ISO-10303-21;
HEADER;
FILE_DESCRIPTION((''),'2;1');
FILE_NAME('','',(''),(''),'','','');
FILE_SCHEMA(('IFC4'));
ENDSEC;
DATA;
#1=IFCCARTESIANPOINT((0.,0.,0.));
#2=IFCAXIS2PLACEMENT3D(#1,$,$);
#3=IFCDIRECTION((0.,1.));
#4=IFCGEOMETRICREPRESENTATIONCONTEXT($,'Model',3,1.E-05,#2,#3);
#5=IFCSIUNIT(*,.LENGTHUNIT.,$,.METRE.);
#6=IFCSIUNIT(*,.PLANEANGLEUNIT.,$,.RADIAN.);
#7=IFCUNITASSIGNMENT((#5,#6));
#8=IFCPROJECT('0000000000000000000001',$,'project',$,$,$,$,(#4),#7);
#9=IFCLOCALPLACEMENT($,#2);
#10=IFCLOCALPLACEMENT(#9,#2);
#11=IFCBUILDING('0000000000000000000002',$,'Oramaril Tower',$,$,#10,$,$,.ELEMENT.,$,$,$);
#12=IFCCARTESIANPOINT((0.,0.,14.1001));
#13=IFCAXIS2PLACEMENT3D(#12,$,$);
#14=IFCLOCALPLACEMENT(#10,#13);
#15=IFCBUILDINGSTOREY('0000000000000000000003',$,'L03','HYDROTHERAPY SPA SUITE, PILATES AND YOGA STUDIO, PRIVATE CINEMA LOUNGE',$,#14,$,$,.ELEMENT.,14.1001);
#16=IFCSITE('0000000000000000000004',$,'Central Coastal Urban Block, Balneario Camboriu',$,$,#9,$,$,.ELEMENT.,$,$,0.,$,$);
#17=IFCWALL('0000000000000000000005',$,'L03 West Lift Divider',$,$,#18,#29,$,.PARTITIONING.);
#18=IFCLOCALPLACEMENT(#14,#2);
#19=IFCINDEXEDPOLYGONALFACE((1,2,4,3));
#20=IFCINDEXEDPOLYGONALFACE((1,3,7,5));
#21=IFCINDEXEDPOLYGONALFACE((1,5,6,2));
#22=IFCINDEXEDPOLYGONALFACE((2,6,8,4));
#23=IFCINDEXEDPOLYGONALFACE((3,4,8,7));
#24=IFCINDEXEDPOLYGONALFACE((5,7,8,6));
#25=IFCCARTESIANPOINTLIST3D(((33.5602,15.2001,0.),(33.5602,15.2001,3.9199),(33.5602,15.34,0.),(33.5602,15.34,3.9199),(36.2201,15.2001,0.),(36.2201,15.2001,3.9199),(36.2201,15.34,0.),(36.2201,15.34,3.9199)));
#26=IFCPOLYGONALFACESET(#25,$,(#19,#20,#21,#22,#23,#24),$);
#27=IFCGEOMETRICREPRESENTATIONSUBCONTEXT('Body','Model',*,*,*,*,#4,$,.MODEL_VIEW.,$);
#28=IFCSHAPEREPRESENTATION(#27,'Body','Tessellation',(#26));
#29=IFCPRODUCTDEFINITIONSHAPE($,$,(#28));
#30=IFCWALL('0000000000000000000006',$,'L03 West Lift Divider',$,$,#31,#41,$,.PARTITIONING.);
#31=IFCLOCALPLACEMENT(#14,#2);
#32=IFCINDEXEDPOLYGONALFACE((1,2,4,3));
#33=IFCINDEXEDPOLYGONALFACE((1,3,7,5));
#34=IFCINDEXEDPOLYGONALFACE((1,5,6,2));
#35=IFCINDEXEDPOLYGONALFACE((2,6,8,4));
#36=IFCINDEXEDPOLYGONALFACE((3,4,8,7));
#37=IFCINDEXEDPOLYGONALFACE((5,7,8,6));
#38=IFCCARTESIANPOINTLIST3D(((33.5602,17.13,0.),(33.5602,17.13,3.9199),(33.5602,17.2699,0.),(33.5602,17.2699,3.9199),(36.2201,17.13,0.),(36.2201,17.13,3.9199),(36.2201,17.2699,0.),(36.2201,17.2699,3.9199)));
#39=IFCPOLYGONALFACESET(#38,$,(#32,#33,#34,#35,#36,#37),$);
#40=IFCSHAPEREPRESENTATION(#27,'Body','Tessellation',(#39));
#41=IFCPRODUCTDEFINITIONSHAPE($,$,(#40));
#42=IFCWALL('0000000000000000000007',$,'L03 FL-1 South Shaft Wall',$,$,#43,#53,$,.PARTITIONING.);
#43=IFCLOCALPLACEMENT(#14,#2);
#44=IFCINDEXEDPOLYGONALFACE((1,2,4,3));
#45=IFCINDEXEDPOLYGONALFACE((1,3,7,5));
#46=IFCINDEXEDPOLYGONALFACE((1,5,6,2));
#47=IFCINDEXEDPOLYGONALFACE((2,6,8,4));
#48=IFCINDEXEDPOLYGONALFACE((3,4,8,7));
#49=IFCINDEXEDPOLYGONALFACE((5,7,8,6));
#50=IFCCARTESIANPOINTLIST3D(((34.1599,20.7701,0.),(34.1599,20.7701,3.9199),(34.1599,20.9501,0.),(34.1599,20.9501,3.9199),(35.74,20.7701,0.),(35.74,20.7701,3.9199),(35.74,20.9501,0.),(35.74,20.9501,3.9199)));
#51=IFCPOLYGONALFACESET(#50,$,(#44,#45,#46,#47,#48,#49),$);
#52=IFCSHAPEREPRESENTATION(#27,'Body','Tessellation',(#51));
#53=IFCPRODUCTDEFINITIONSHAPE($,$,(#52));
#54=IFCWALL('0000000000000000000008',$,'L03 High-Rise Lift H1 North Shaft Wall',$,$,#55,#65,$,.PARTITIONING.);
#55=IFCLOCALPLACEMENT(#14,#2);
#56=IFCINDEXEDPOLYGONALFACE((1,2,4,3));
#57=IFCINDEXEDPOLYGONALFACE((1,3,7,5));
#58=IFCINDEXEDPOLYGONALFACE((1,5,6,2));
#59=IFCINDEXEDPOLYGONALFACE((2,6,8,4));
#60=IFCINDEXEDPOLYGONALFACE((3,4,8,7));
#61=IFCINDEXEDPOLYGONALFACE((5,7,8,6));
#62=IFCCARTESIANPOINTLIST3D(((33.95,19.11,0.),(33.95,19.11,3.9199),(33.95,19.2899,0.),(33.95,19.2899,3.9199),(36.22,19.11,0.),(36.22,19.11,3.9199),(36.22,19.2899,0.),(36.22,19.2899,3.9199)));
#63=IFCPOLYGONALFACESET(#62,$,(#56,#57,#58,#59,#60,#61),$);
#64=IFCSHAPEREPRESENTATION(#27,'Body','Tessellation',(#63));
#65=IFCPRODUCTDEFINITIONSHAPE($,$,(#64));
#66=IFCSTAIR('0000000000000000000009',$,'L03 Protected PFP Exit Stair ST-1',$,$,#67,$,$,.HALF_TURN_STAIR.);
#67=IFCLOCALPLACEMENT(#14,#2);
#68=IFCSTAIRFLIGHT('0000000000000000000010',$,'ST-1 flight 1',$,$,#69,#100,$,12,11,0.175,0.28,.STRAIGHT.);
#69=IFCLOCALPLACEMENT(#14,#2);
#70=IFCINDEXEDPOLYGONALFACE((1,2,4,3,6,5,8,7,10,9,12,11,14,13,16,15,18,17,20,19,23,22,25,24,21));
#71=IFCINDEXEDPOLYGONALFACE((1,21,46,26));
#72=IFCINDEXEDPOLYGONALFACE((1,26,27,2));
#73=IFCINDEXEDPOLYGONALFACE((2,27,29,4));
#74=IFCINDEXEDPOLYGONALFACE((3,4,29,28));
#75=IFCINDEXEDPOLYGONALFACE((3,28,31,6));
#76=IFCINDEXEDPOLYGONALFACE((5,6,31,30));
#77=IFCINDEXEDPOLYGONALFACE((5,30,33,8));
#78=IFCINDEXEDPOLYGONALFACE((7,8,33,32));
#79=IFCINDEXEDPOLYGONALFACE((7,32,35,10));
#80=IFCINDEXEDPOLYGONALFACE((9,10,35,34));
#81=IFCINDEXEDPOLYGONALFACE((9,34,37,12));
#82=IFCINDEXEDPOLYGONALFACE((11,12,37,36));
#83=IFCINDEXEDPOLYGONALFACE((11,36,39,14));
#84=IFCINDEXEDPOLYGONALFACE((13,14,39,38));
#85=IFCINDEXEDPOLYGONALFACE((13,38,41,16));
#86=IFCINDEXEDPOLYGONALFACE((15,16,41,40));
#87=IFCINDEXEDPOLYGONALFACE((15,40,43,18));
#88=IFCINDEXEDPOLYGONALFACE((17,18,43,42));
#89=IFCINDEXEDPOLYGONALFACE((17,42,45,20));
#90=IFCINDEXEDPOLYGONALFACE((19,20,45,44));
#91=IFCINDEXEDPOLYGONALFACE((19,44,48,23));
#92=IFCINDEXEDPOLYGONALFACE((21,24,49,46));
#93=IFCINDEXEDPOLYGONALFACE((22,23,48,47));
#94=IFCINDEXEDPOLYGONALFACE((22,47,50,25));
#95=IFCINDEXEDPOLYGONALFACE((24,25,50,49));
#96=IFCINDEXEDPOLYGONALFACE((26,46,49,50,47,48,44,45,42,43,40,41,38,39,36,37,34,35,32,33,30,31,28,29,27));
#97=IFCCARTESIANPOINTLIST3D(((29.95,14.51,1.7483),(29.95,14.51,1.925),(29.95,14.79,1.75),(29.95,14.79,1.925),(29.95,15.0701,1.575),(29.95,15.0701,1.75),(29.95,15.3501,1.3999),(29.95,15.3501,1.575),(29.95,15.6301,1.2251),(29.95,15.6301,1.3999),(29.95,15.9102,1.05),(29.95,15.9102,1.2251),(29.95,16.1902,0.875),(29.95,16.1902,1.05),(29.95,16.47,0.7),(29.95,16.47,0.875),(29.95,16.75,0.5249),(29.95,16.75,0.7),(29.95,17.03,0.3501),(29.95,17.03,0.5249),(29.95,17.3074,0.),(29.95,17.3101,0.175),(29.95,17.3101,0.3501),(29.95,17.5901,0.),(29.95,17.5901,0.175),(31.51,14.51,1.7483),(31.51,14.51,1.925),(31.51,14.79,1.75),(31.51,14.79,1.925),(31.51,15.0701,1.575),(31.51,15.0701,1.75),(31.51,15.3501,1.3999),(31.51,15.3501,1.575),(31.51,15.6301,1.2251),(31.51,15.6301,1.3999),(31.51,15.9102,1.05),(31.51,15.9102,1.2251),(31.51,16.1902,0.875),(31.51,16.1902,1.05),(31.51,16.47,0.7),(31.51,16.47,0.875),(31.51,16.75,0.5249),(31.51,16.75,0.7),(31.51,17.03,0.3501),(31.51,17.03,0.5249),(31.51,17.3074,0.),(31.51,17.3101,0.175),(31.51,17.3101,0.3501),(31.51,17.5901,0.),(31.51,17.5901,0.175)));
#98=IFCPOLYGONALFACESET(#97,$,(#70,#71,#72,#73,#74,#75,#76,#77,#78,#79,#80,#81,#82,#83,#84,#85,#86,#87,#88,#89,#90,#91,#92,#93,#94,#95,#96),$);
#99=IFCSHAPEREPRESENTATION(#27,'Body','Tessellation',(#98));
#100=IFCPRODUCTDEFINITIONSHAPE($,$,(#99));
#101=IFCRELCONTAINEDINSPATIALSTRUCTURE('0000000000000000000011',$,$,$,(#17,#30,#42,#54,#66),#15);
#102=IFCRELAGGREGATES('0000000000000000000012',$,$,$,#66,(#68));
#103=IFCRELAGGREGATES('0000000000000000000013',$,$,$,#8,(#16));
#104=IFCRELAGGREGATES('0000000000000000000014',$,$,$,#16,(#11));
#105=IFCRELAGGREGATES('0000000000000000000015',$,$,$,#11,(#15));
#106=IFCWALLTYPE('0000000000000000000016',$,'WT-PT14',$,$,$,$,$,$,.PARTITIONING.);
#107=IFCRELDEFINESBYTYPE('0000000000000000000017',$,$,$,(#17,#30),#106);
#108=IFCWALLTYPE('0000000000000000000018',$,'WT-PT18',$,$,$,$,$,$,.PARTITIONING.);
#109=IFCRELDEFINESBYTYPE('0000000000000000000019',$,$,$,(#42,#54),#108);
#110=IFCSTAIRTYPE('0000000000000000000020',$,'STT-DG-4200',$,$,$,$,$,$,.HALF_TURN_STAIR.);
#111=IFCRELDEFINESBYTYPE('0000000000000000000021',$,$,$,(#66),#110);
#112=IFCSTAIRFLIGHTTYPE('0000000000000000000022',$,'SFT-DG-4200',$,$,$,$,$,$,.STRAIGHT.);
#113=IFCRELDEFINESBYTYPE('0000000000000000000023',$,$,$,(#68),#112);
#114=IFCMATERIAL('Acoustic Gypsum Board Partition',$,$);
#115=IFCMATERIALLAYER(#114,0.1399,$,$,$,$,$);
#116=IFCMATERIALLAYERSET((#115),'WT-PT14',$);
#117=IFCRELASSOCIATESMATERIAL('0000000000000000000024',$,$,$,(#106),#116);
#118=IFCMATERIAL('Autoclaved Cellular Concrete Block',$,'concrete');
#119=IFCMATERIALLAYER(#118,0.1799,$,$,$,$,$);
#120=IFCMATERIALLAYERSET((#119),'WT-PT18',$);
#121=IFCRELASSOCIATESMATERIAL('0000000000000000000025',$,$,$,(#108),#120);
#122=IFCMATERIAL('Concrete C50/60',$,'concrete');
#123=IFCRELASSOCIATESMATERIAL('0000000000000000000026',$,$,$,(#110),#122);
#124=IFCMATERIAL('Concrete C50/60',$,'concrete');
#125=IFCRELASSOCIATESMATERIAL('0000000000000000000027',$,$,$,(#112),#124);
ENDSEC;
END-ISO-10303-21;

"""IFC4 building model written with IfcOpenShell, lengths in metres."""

from ifc_helpers import new_model, si_unit, direction, frame, frame_2d, origin, place, context, subcontext, project, spatial, polyline, rectangle, outline, extrude, material, layer, layer_set, type_object, element, aggregate, save


model = new_model("IFC4")

# Units and contexts
model_context = context("Model", 3, precision=1e-05, world=origin(), true_north=direction((0.0, 1.0)))
body_context = subcontext(model_context, "Body", "Model", "MODEL_VIEW")
ifc_project = project(units=[si_unit("LENGTHUNIT", "METRE"), si_unit("PLANEANGLEUNIT", "RADIAN")], contexts=[model_context])

# Site, building, storey
site_placement = place(None, origin())
site = spatial("IfcSite", under=ifc_project, at=site_placement, Name="Central Coastal Urban Block, Balneario Camboriu", CompositionType="ELEMENT", RefElevation=0.0)
building_placement = place(site_placement, origin())
building = spatial("IfcBuilding", under=site, at=building_placement, Name="Oramaril Tower", CompositionType="ELEMENT")
storey_placement = place(building_placement, frame((0.0, 0.0, 14.1001)))
storey = spatial("IfcBuildingStorey", under=building, at=storey_placement, Name="L03", Description="HYDROTHERAPY SPA SUITE, PILATES AND YOGA STUDIO, PRIVATE CINEMA LOUNGE", CompositionType="ELEMENT", Elevation=14.1001)

# Walls
ifc_material_1 = material(Name="Acoustic Gypsum Board Partition")
ifc_layer_1 = layer(ifc_material_1, 0.1399)
ifc_layer_set_1 = layer_set([ifc_layer_1], Name="WT-PT14")
wall_type_1 = type_object("IfcWallType", Name="WT-PT14", PredefinedType="PARTITIONING", material=ifc_layer_set_1)
for number, where, z_axis, x_axis, name in (
    (1, (33.5601, 15.27, 0.0), (0.0, 0.0, 1.0), (1.0, 0.0, 0.0), "L03 West Lift Divider"),
    (2, (33.5601, 17.2, 0.0), (0.0, 0.0, 1.0), (1.0, 0.0, 0.0), "L03 West Lift Divider"),
):
    element("IfcWall", number, at=place(storey_placement, frame(where, z_axis=z_axis, x_axis=x_axis)), inside=storey, type_object=wall_type_1, Name=name, PredefinedType="PARTITIONING", context=body_context, shape_type="SweptSolid", body=[
        extrude(rectangle(XDim=2.6599, YDim=0.1399, at=frame_2d((1.3301, 0.0))), origin(), (0.0, 0.0, 1.0), 3.9199),
    ])
ifc_material_2 = material(Name="Autoclaved Cellular Concrete Block", Category="concrete")
ifc_layer_2 = layer(ifc_material_2, 0.1799)
ifc_layer_set_2 = layer_set([ifc_layer_2], Name="WT-PT18")
wall_type_2 = type_object("IfcWallType", Name="WT-PT18", PredefinedType="PARTITIONING", material=ifc_layer_set_2)
wall_1_placement = place(storey_placement, frame((34.1599, 20.8601, 0.0), z_axis=(0.0, 0.0, 1.0), x_axis=(1.0, 0.0, 0.0)))
element("IfcWall", 3, at=wall_1_placement, inside=storey, type_object=wall_type_2, Name="L03 FL-1 South Shaft Wall", PredefinedType="PARTITIONING", context=body_context, shape_type="SweptSolid", body=[
    extrude(rectangle(XDim=1.5801, YDim=0.1799, at=frame_2d((0.79, 0.0))), origin(), (0.0, 0.0, 1.0), 3.9199),
])
wall_2_placement = place(storey_placement, frame((33.95, 19.2, 0.0), z_axis=(0.0, 0.0, 1.0), x_axis=(1.0, 0.0, 0.0)))
element("IfcWall", 4, at=wall_2_placement, inside=storey, type_object=wall_type_2, Name="L03 High-Rise Lift H1 North Shaft Wall", PredefinedType="PARTITIONING", context=body_context, shape_type="SweptSolid", body=[
    extrude(rectangle(XDim=2.27, YDim=0.1799, at=frame_2d((1.135, 0.0))), origin(), (0.0, 0.0, 1.0), 3.9199),
])

# Stair, stair flight
ifc_material_3 = material(Name="Concrete C50/60", Category="concrete")
stair_type = type_object("IfcStairType", Name="STT-DG-4200", PredefinedType="HALF_TURN_STAIR", material=ifc_material_3)
stair_placement = place(storey_placement, origin())
stair = element("IfcStair", 5, at=stair_placement, inside=storey, type_object=stair_type, Name="L03 Protected PFP Exit Stair ST-1", PredefinedType="HALF_TURN_STAIR")
ifc_material_4 = material(Name="Concrete C50/60", Category="concrete")
stair_flight_type = type_object("IfcStairFlightType", Name="SFT-DG-4200", PredefinedType="STRAIGHT", material=ifc_material_4)
stair_flight_placement = place(storey_placement, frame((30.73, 17.5901, 0.0), z_axis=(0.0, 0.0, 1.0), x_axis=(0.0, -1.0, 0.0)))
stair_flight = element("IfcStairFlight", 6, at=stair_flight_placement, type_object=stair_flight_type, Name="ST-1 flight 1", NumberOfRisers=12, NumberOfTreads=11, PredefinedType="STRAIGHT", RiserHeight=0.175, TreadLength=0.28, context=body_context, shape_type="SweptSolid", body=[
    extrude(outline(polyline([(0.0, 0.0), (0.0, 0.175), (0.28, 0.175), (0.28, 0.3501), (0.5601, 0.3501), (0.5601, 0.5249), (0.8401, 0.5249), (0.8401, 0.7), (1.1201, 0.7), (1.1201, 0.875), (1.3999, 0.875), (1.3999, 1.05), (1.6799, 1.05), (1.6799, 1.2251), (1.96, 1.2251), (1.96, 1.3999), (2.24, 1.3999), (2.24, 1.575), (2.52, 1.575), (2.52, 1.75), (2.8, 1.75), (2.8, 1.925), (3.0801, 1.925), (3.0801, 2.1001), (3.0801, 1.7483), (0.2827, 0.0), (0.0, 0.0)])), frame((0.0, 0.78, 0.0), z_axis=(0.0, -1.0, 0.0), x_axis=(1.0, 0.0, 0.0)), (0.0, 0.0, 1.0), 1.5601),
])
aggregate(stair, [stair_flight])

save(model, "model.ifc")
